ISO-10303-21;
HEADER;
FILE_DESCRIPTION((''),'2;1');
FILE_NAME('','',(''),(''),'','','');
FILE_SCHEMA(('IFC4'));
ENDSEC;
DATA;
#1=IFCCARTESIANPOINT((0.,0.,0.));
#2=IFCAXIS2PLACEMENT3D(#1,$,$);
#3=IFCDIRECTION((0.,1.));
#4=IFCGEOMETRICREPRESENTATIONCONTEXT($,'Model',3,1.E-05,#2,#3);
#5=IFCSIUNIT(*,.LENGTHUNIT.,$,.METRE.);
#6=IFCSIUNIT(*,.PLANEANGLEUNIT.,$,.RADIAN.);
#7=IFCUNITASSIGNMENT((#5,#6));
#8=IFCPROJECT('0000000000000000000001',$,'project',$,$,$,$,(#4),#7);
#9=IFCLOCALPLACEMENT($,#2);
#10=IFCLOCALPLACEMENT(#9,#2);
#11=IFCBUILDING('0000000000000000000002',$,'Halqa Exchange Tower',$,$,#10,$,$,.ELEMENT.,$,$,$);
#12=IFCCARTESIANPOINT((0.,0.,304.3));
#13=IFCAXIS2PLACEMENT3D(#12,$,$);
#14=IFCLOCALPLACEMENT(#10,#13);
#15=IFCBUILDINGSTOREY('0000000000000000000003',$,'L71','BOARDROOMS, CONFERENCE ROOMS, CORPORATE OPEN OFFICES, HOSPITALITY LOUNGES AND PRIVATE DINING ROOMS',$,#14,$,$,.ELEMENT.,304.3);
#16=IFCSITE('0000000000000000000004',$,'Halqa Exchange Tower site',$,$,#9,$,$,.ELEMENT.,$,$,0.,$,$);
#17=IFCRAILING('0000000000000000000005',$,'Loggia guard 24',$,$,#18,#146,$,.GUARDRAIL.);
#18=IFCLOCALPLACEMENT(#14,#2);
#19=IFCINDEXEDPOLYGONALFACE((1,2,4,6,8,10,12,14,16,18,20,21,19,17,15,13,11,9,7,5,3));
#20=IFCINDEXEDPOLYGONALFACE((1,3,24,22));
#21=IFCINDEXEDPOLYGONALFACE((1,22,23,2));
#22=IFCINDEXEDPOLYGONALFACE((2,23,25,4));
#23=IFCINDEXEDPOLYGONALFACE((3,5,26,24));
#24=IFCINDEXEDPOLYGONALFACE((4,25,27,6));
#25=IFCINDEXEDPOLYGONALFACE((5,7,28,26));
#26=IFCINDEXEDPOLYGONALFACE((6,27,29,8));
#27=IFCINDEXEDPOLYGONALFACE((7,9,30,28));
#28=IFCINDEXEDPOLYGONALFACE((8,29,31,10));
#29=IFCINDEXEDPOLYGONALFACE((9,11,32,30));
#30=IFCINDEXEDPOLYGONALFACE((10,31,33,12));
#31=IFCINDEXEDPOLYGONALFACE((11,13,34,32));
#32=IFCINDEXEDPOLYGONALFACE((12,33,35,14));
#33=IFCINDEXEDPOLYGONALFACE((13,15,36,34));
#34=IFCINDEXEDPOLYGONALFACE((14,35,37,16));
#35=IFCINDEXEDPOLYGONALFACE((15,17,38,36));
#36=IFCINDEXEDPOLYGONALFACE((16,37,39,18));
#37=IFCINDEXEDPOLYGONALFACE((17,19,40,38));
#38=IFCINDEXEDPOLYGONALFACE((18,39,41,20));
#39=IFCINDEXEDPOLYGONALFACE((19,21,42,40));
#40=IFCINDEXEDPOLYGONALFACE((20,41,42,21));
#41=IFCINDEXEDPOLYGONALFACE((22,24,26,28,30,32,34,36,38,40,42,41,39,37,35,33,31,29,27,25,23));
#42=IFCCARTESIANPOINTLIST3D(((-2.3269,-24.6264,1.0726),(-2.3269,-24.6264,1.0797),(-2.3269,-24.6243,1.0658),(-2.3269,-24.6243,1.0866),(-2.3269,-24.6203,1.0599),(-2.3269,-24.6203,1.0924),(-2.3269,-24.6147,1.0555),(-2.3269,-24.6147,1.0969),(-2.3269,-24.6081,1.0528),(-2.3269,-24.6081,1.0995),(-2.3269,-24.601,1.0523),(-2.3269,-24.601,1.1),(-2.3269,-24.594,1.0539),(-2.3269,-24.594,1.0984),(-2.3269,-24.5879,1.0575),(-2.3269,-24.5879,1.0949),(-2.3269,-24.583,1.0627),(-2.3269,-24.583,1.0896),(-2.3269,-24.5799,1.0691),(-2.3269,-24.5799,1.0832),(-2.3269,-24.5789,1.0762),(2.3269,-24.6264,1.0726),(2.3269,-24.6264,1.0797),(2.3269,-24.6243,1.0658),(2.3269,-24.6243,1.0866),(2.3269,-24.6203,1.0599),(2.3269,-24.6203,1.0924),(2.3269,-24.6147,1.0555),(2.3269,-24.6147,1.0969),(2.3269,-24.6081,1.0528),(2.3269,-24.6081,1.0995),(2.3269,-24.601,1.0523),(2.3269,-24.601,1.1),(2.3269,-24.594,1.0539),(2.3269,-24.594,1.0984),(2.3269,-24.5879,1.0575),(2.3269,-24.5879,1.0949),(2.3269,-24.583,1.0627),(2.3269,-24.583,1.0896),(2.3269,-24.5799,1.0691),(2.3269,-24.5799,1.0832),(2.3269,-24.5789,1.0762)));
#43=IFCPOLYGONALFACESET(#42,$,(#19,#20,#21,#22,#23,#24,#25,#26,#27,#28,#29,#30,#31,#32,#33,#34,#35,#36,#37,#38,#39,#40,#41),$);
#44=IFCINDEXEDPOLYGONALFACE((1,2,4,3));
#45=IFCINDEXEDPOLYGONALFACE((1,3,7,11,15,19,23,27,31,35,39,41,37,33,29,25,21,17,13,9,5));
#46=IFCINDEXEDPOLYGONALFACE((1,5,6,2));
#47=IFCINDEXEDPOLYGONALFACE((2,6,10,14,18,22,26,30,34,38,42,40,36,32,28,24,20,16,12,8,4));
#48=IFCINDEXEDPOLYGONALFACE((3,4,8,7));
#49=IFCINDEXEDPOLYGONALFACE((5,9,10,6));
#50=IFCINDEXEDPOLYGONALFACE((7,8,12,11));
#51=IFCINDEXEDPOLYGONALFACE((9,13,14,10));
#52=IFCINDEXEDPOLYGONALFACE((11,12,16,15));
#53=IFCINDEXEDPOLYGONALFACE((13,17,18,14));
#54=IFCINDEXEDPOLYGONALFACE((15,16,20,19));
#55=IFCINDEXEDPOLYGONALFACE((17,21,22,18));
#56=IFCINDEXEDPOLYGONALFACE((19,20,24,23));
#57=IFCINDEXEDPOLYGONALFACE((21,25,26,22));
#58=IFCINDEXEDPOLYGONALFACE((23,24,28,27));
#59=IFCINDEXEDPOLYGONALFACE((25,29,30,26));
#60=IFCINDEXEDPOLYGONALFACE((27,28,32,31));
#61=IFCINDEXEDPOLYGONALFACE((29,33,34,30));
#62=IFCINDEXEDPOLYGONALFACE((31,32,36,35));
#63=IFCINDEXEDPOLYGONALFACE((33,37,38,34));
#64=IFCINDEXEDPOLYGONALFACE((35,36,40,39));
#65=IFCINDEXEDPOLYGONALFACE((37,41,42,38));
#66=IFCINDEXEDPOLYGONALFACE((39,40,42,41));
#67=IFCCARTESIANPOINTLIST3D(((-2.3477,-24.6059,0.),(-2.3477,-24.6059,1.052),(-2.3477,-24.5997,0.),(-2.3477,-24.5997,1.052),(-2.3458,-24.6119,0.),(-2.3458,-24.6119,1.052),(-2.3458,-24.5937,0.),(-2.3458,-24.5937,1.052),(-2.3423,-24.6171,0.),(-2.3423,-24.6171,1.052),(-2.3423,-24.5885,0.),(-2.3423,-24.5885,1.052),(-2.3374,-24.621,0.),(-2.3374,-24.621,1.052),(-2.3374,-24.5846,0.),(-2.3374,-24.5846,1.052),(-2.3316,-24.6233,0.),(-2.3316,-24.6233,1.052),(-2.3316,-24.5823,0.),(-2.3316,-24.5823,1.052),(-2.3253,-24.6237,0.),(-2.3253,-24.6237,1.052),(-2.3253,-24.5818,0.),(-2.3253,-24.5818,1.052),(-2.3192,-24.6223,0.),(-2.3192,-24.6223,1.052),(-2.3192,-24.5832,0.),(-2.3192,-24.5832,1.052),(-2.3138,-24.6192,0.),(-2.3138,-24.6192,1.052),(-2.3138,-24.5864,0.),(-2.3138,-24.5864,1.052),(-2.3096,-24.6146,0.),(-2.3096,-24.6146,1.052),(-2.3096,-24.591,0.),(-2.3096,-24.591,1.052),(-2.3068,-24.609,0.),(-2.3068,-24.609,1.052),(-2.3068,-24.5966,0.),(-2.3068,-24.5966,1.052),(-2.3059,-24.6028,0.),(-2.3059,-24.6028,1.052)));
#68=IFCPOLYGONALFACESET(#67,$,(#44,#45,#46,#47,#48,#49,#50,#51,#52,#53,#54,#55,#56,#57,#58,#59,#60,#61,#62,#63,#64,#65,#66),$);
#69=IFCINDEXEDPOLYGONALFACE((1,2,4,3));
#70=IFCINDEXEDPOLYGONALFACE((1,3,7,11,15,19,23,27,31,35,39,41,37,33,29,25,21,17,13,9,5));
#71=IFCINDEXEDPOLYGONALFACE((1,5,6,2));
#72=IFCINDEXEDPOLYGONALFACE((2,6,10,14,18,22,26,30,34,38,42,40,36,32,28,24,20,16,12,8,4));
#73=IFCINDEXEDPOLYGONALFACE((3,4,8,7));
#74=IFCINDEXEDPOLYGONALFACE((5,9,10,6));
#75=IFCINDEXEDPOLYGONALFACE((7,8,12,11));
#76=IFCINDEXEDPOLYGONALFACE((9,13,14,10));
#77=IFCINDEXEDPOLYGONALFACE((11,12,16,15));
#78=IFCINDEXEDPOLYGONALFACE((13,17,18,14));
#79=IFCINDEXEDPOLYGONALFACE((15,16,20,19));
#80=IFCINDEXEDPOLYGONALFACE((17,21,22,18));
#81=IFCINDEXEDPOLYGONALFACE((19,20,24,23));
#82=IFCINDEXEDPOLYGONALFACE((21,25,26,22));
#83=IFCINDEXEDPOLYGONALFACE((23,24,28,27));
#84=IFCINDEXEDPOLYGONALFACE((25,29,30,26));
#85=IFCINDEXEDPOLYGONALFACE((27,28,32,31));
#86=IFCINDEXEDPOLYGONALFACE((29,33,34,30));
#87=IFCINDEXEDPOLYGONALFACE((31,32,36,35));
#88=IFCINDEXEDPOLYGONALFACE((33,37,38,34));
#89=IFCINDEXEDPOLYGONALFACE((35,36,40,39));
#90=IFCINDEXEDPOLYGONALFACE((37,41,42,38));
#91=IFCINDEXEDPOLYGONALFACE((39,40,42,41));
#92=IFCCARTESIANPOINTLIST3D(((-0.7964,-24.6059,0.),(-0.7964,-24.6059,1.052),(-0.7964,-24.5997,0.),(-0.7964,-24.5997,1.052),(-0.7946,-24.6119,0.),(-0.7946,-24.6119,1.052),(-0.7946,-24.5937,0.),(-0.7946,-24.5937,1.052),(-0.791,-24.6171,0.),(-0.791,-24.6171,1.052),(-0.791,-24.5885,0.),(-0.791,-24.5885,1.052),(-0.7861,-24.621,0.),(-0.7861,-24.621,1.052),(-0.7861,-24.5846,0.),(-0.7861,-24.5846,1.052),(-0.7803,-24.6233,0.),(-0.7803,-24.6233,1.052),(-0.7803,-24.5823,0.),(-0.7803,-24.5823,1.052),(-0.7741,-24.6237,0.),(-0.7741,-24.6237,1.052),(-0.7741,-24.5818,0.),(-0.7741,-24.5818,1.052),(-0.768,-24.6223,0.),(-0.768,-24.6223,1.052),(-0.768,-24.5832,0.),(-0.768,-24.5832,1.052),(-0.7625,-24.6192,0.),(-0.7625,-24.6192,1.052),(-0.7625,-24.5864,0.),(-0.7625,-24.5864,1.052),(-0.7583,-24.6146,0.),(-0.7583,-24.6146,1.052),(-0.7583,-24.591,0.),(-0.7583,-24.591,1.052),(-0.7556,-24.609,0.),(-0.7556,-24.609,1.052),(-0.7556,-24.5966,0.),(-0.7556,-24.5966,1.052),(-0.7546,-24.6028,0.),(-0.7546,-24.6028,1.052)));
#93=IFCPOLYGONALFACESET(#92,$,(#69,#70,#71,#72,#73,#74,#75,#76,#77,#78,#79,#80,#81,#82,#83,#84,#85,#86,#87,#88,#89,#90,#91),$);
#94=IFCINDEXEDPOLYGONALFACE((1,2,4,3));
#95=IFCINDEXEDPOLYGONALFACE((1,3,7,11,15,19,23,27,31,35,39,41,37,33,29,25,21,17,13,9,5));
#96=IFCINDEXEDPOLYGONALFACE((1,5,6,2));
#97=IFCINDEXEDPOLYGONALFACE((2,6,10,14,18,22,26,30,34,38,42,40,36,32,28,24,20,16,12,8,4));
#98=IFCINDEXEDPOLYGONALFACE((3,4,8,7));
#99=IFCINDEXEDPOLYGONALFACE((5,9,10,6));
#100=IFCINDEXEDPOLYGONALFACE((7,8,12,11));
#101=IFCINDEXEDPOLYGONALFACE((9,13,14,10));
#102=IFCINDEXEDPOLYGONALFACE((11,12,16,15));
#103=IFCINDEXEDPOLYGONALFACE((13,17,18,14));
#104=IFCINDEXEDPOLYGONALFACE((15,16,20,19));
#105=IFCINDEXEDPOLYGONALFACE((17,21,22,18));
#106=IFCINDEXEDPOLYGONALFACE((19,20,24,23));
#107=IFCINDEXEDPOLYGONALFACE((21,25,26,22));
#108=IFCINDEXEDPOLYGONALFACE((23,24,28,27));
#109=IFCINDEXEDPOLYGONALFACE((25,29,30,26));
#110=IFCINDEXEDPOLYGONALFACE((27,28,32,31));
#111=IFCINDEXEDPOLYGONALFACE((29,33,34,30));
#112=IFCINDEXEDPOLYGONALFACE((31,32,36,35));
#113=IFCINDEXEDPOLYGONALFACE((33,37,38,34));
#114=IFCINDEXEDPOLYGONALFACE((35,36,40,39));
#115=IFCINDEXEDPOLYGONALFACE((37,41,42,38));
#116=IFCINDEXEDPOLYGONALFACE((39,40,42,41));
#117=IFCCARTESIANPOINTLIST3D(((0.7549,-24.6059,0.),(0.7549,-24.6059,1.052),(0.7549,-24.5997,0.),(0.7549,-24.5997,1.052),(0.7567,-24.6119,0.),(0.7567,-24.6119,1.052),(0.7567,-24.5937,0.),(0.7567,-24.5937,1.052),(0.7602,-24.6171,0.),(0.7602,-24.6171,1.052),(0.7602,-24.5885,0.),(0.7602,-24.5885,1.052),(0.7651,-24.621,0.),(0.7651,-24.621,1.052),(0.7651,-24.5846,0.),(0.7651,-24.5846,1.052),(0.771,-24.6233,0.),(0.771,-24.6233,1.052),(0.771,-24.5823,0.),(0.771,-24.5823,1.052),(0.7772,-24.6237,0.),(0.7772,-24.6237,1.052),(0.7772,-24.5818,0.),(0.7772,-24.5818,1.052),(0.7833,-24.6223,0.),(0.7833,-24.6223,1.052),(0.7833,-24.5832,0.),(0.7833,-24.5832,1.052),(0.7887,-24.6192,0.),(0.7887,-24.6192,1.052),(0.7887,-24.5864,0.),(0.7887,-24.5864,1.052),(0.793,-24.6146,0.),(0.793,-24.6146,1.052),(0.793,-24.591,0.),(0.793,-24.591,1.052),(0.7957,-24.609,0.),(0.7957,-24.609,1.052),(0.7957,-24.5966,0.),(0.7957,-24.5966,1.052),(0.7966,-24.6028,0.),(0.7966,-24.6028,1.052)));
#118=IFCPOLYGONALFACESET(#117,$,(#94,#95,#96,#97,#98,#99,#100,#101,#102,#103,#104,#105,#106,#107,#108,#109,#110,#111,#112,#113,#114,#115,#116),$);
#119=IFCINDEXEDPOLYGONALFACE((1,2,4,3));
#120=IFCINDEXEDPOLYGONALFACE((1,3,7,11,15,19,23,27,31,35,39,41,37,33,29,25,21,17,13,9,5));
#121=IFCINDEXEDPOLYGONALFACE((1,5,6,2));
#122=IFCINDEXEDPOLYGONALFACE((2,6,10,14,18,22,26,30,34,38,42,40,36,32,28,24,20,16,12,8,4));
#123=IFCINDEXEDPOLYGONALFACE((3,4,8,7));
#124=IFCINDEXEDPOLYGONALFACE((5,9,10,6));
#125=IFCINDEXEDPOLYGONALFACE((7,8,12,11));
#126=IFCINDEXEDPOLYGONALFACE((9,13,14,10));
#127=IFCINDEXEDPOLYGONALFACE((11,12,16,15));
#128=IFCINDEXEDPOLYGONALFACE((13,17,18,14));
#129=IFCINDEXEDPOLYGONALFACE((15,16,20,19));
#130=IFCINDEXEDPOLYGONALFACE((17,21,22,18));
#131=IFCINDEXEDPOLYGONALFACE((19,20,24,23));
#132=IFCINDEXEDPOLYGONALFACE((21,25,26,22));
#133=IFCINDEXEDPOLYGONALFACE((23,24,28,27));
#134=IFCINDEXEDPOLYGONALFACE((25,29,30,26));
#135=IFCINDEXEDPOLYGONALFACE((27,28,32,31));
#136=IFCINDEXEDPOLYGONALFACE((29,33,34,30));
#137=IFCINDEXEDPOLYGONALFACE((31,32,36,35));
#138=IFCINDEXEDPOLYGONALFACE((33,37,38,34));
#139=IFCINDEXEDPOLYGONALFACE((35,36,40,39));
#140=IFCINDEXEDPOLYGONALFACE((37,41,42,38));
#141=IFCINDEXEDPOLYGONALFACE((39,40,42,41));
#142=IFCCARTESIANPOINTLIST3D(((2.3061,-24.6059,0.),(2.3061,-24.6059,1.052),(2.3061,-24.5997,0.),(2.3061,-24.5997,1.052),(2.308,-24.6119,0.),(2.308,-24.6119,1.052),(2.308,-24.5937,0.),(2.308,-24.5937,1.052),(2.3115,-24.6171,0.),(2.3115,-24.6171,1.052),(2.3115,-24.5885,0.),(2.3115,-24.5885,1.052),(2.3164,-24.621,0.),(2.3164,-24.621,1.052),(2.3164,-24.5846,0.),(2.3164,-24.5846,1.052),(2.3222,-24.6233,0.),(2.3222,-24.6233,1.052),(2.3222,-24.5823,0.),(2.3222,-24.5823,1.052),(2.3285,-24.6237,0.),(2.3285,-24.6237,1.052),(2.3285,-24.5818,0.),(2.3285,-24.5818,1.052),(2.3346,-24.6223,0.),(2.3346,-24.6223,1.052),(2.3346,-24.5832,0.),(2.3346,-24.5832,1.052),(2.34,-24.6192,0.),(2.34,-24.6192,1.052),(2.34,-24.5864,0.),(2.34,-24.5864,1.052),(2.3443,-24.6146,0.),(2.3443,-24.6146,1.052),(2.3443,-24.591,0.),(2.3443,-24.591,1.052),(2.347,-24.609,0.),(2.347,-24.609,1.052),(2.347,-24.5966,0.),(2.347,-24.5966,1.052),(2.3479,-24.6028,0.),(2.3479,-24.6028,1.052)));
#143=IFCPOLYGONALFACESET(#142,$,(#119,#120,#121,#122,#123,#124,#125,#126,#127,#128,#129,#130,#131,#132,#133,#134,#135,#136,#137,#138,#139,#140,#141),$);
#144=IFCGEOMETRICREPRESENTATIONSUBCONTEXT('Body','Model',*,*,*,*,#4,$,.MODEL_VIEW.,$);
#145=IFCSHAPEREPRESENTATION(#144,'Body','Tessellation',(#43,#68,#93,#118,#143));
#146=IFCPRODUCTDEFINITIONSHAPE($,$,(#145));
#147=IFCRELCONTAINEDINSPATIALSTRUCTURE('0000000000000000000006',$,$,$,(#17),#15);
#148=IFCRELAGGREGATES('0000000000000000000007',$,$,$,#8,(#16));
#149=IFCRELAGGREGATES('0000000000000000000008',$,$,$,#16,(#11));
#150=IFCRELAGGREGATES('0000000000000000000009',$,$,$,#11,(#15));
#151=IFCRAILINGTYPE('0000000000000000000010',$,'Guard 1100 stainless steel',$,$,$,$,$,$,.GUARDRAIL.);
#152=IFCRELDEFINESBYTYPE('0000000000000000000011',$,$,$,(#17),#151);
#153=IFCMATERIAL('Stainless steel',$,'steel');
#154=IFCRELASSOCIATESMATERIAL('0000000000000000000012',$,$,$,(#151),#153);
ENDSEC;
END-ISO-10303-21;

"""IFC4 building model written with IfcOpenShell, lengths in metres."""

from ifc_helpers import new_model, si_unit, direction, frame, origin, origin_2d, place, context, subcontext, project, spatial, circle, extrude, material, type_object, element, save


model = new_model("IFC4")

# Units and contexts
model_context = context("Model", 3, precision=1e-05, world=origin(), true_north=direction((0.0, 1.0)))
body_context = subcontext(model_context, "Body", "Model", "MODEL_VIEW")
ifc_project = project(units=[si_unit("LENGTHUNIT", "METRE"), si_unit("PLANEANGLEUNIT", "RADIAN")], contexts=[model_context])

# Site, building, storey
site_placement = place(None, origin())
site = spatial("IfcSite", under=ifc_project, at=site_placement, Name="Halqa Exchange Tower site", CompositionType="ELEMENT", RefElevation=0.0)
building_placement = place(site_placement, origin())
building = spatial("IfcBuilding", under=site, at=building_placement, Name="Halqa Exchange Tower", CompositionType="ELEMENT")
storey_placement = place(building_placement, frame((0.0, 0.0, 304.3)))
storey = spatial("IfcBuildingStorey", under=building, at=storey_placement, Name="L71", Description="BOARDROOMS, CONFERENCE ROOMS, CORPORATE OPEN OFFICES, HOSPITALITY LOUNGES AND PRIVATE DINING ROOMS", CompositionType="ELEMENT", Elevation=304.3)

# Railing
ifc_material_1 = material(Name="Stainless steel", Category="steel")
railing_type = type_object("IfcRailingType", Name="Guard 1100 stainless steel", PredefinedType="GUARDRAIL", material=ifc_material_1)
railing_1_placement = place(storey_placement, frame((-2.3269, -24.6028, 0.0)))
element("IfcRailing", 1, at=railing_1_placement, inside=storey, type_object=railing_type, Name="Loggia guard 24", PredefinedType="GUARDRAIL", context=body_context, shape_type="SweptSolid", body=[
    extrude(circle(Radius=0.0239, at=origin_2d()), frame((0.0, 0.0, 1.0762), z_axis=(1.0, 0.0, 0.0), x_axis=(0.0, 1.0, 0.0)), (0.0, 0.0, 1.0), 4.6538),
    extrude(circle(Radius=0.021, at=origin_2d()), origin(), (0.0, 0.0, 1.0), 1.052),
    extrude(circle(Radius=0.021, at=origin_2d()), frame((1.5513, 0.0, 0.0)), (0.0, 0.0, 1.0), 1.052),
    extrude(circle(Radius=0.021, at=origin_2d()), frame((3.1025, 0.0, 0.0)), (0.0, 0.0, 1.0), 1.052),
    extrude(circle(Radius=0.021, at=origin_2d()), frame((4.6538, 0.0, 0.0)), (0.0, 0.0, 1.0), 1.052),
])

save(model, "model.ifc")
